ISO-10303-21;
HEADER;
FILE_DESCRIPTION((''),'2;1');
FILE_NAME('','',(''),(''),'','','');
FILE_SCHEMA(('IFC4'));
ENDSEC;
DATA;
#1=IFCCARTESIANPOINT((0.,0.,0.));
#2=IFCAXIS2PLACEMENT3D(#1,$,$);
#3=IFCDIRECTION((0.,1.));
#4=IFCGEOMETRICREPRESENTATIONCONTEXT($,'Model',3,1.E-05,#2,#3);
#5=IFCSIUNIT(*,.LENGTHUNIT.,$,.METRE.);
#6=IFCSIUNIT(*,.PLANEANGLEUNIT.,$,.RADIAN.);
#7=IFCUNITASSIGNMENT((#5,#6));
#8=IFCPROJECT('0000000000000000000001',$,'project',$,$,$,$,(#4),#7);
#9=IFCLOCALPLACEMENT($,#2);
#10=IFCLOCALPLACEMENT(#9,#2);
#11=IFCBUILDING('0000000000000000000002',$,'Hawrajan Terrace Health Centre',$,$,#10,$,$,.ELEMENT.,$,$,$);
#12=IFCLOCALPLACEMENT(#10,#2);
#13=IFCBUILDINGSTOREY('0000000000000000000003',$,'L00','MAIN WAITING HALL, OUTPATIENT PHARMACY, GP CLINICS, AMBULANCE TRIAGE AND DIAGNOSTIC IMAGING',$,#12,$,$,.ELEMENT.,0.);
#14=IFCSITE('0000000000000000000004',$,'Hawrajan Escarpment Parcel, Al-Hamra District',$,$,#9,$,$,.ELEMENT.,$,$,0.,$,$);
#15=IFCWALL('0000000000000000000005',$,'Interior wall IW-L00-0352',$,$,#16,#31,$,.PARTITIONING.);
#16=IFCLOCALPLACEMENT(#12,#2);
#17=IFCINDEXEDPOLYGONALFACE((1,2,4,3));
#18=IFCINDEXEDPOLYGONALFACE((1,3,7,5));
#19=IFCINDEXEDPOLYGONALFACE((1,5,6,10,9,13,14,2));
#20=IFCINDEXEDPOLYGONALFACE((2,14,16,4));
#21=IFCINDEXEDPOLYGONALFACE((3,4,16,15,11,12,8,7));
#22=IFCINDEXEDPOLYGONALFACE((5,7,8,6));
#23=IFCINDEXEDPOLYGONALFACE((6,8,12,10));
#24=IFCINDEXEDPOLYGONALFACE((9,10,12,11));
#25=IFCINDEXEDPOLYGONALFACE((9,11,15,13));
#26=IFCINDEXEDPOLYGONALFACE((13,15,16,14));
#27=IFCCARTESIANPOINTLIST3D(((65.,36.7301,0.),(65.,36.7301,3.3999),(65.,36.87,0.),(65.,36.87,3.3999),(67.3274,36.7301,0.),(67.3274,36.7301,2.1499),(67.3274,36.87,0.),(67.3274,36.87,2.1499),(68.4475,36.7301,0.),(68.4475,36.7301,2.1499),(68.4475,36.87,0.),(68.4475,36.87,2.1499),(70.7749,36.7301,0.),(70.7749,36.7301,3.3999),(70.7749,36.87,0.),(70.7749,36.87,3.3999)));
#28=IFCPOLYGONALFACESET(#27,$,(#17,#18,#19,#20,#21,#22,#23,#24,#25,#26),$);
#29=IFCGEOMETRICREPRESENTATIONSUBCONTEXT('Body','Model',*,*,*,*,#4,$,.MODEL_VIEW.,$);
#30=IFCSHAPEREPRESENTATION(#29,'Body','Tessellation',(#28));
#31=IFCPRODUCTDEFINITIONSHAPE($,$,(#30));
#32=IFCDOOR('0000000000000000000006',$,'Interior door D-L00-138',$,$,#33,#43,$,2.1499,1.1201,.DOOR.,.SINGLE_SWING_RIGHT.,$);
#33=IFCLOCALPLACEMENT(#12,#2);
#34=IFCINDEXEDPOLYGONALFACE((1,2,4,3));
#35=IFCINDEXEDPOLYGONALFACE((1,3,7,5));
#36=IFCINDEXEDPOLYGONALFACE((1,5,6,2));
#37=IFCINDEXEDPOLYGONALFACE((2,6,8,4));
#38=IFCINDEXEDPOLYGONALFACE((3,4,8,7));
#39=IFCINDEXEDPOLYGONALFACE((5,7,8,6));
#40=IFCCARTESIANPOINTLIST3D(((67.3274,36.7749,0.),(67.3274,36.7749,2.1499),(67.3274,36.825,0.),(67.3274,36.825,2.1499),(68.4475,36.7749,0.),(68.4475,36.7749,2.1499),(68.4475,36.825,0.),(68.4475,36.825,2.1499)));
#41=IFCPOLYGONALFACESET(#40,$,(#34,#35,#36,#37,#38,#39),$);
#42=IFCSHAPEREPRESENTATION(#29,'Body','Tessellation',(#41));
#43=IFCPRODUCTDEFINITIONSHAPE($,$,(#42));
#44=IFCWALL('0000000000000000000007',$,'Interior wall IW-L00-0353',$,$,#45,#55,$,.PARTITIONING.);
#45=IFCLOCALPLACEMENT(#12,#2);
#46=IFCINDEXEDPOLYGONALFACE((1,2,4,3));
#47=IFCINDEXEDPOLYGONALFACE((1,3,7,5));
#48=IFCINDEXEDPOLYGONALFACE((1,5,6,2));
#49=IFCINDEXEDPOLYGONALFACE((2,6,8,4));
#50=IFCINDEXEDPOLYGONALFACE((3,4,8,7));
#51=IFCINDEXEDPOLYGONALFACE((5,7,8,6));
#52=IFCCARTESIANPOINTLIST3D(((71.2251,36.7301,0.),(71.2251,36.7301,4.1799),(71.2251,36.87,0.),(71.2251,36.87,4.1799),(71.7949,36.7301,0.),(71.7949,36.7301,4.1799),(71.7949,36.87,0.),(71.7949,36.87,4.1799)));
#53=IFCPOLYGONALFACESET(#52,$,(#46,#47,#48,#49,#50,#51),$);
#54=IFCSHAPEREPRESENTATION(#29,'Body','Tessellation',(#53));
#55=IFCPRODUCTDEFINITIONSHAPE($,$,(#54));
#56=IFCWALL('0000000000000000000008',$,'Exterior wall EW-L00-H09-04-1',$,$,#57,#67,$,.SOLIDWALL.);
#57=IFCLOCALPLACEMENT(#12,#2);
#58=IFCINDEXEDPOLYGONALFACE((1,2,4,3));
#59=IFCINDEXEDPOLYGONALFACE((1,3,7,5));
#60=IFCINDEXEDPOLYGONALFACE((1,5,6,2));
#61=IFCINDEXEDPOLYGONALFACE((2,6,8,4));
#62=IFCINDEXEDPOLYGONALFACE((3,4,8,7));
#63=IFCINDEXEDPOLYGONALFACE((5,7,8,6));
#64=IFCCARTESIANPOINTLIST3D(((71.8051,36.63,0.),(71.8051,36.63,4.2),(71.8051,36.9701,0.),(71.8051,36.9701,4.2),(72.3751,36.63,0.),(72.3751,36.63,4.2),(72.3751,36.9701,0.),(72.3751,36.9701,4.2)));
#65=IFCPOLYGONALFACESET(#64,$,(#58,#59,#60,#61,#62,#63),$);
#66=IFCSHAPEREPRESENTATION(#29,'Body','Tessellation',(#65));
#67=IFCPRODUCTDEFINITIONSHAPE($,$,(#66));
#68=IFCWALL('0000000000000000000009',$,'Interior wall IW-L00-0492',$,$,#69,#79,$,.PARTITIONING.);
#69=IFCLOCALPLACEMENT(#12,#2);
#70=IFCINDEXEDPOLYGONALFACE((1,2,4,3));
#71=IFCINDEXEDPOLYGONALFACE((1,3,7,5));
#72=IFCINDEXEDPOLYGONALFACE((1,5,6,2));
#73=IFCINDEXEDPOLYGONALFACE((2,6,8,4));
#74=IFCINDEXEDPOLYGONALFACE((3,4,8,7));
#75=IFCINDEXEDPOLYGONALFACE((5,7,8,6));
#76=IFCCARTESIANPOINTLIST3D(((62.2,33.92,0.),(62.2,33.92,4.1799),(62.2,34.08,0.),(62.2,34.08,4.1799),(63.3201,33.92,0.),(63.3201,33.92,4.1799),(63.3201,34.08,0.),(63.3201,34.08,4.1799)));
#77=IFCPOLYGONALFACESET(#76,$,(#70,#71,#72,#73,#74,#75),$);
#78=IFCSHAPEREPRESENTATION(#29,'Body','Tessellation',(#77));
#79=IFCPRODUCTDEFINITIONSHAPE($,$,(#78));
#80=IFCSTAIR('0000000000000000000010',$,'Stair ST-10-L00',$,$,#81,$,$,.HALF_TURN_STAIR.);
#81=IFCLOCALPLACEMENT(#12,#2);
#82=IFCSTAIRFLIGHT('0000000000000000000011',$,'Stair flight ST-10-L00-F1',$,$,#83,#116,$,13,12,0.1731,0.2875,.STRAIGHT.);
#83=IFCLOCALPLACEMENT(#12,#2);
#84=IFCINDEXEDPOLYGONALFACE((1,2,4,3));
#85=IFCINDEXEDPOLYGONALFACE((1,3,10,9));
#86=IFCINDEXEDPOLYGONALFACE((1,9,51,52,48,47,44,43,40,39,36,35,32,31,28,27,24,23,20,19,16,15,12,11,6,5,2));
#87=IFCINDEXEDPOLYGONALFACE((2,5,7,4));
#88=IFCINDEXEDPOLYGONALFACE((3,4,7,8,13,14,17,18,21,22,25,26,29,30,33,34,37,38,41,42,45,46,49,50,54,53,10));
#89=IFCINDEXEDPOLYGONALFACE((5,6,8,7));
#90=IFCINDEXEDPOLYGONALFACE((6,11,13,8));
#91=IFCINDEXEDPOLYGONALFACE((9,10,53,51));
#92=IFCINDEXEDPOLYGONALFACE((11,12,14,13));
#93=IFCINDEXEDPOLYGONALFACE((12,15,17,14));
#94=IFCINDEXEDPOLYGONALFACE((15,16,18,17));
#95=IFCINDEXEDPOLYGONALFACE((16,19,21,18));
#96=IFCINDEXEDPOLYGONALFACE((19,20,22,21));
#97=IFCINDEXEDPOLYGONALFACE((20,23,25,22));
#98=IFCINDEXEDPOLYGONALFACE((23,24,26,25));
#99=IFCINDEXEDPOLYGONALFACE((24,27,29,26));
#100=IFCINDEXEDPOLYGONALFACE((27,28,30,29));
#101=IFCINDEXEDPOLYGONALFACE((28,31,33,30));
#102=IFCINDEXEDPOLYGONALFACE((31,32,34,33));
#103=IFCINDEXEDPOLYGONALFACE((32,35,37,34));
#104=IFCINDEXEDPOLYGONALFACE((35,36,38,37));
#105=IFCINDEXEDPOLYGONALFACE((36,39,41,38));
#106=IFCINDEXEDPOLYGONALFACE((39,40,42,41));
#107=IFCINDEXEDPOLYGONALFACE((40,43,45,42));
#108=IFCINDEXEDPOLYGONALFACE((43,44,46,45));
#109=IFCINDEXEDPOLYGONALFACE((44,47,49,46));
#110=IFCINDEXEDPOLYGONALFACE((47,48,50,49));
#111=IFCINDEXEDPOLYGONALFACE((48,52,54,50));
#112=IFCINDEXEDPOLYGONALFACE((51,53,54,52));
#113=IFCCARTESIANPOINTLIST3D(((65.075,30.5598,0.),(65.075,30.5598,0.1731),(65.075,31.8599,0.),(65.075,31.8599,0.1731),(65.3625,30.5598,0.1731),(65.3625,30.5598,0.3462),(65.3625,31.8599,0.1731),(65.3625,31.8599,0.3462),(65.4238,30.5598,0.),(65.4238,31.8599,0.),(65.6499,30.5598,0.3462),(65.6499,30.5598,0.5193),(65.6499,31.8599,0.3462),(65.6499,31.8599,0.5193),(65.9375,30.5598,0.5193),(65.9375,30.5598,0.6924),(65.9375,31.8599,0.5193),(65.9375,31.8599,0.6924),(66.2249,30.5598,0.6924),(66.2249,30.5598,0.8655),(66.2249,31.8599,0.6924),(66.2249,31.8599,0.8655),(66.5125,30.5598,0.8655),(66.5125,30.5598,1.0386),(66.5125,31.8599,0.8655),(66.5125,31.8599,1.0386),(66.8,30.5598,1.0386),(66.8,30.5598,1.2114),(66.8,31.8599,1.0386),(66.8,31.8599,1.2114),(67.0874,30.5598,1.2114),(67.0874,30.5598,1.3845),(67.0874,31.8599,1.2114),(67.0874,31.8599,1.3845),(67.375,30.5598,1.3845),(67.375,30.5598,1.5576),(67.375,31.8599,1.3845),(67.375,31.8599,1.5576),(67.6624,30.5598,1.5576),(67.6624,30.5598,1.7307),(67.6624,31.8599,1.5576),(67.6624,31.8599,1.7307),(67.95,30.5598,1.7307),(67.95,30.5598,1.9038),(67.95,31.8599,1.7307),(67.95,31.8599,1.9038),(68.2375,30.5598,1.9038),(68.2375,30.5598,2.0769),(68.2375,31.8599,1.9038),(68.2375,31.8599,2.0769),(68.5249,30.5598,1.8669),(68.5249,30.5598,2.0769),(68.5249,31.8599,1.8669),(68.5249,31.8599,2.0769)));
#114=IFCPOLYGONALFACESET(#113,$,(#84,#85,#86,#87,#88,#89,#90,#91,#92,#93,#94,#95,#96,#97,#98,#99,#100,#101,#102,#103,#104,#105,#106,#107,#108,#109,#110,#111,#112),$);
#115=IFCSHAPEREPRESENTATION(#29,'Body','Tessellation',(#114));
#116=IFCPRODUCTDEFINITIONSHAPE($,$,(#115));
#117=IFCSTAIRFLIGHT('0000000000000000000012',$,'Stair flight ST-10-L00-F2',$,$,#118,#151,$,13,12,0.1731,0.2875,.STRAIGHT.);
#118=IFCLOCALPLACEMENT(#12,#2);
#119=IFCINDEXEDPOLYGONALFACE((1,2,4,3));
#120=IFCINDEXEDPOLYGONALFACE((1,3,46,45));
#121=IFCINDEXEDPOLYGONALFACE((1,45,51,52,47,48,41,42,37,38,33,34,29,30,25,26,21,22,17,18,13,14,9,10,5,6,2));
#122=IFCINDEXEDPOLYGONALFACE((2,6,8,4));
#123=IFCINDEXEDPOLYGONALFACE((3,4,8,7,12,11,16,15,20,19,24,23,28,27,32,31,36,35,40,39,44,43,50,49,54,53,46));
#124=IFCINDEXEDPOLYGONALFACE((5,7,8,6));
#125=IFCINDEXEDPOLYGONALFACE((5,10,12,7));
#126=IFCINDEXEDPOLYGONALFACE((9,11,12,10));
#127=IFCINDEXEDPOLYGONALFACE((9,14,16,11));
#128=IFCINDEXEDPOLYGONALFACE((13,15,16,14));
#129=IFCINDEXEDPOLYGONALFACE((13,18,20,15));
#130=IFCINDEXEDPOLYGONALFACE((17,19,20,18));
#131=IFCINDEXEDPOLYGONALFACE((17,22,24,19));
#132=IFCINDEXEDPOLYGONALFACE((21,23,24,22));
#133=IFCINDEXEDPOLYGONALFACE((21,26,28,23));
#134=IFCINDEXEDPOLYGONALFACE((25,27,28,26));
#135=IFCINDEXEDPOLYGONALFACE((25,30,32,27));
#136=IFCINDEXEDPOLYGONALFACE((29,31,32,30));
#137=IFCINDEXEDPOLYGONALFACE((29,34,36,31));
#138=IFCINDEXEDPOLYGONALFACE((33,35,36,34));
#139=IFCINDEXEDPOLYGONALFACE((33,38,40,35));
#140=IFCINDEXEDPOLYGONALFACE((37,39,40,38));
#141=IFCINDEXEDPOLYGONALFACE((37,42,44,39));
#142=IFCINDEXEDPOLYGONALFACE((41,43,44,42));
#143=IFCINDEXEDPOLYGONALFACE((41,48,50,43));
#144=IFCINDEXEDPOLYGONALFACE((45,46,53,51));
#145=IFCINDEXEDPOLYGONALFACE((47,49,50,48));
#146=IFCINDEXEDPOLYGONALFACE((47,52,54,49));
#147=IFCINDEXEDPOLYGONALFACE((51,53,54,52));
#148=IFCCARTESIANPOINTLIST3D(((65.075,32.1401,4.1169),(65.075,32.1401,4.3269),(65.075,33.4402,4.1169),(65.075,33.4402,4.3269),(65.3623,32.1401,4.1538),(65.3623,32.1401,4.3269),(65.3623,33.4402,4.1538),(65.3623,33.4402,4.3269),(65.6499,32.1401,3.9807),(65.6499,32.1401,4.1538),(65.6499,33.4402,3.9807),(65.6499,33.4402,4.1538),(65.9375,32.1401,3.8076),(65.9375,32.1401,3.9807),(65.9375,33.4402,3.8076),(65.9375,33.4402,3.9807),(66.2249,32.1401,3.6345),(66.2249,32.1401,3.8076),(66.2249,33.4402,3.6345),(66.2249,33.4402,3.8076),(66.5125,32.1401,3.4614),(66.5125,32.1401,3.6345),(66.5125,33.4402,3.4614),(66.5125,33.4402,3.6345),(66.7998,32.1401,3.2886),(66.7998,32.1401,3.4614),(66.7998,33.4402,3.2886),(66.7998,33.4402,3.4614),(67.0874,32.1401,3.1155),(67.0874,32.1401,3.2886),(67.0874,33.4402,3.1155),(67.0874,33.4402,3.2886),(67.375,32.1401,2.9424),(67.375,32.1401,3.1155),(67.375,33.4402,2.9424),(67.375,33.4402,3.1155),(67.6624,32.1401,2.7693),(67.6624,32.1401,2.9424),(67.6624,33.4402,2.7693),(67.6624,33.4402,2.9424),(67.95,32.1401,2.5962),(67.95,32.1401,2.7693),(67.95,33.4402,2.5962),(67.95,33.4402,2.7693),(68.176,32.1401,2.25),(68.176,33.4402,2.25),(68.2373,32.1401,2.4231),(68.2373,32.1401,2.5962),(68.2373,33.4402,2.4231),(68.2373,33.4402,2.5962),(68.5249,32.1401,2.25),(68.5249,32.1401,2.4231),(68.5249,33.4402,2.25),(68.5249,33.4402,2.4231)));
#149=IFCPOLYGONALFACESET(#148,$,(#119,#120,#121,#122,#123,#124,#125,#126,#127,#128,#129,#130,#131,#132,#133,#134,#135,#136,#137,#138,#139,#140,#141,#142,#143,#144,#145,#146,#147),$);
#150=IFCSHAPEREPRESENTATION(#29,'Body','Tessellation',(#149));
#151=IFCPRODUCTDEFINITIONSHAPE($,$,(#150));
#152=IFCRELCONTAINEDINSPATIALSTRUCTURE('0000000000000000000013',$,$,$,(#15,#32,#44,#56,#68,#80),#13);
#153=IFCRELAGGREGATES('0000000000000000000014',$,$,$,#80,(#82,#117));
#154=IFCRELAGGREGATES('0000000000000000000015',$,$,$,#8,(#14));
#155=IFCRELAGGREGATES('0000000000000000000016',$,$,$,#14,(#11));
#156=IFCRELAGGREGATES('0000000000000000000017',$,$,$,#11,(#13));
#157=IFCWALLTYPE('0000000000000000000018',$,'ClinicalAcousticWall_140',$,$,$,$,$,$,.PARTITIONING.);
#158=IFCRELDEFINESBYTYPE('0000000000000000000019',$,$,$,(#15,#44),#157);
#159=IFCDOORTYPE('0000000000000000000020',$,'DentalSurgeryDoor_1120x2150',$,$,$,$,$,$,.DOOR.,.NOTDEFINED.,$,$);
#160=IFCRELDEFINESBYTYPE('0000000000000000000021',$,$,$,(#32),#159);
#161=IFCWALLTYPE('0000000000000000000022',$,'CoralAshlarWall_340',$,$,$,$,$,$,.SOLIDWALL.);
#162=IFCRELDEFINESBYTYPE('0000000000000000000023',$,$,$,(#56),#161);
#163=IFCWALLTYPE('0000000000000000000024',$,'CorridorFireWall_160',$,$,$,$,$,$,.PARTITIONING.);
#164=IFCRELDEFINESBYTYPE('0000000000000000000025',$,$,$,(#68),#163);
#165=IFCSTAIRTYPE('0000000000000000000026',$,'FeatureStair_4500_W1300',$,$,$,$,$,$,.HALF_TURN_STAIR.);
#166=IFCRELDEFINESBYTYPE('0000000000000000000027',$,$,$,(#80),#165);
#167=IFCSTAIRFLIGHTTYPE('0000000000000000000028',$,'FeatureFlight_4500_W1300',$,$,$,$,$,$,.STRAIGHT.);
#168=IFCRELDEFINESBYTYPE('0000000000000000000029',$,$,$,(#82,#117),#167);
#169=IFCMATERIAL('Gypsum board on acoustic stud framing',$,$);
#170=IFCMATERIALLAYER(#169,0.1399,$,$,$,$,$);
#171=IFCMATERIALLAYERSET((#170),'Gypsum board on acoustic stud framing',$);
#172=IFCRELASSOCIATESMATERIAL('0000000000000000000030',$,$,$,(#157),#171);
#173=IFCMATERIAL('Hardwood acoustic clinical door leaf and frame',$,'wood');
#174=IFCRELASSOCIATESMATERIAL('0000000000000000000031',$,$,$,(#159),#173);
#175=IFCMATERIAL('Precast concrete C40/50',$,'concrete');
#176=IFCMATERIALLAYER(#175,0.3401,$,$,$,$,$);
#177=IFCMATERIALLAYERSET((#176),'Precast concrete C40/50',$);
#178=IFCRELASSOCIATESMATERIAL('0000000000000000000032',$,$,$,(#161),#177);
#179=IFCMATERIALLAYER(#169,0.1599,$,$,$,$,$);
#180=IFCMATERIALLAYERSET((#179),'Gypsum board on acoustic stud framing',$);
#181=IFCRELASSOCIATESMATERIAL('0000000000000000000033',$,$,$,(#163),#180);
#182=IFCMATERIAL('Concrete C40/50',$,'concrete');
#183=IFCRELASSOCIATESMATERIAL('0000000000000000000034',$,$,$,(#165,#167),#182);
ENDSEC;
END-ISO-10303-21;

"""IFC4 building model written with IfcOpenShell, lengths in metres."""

from ifc_helpers import new_model, si_unit, direction, frame, frame_2d, origin, place, context, subcontext, project, spatial, polyline, rectangle, outline, extrude, material, layer, layer_set, type_object, element, fill, aggregate, save


model = new_model("IFC4")

# Units and contexts
model_context = context("Model", 3, precision=1e-05, world=origin(), true_north=direction((0.0, 1.0)))
body_context = subcontext(model_context, "Body", "Model", "MODEL_VIEW")
ifc_project = project(units=[si_unit("LENGTHUNIT", "METRE"), si_unit("PLANEANGLEUNIT", "RADIAN")], contexts=[model_context])

# Site, building, storey
site_placement = place(None, origin())
site = spatial("IfcSite", under=ifc_project, at=site_placement, Name="Hawrajan Escarpment Parcel, Al-Hamra District", CompositionType="ELEMENT", RefElevation=0.0)
building_placement = place(site_placement, origin())
building = spatial("IfcBuilding", under=site, at=building_placement, Name="Hawrajan Terrace Health Centre", CompositionType="ELEMENT")
storey_placement = place(building_placement, origin())
storey = spatial("IfcBuildingStorey", under=building, at=storey_placement, Name="L00", Description="MAIN WAITING HALL, OUTPATIENT PHARMACY, GP CLINICS, AMBULANCE TRIAGE AND DIAGNOSTIC IMAGING", CompositionType="ELEMENT", Elevation=0.0)

# Shared definitions
ifc_material_1 = material(Name="Concrete C40/50", Category="concrete")

# Wall, opening, door
ifc_material_2 = material(Name="Gypsum board on acoustic stud framing")
ifc_layer_1 = layer(ifc_material_2, 0.1399)
ifc_layer_set_1 = layer_set([ifc_layer_1], Name="Gypsum board on acoustic stud framing")
wall_type_1 = type_object("IfcWallType", Name="ClinicalAcousticWall_140", PredefinedType="PARTITIONING", material=ifc_layer_set_1)
ifc_material_3 = material(Name="Hardwood acoustic clinical door leaf and frame", Category="wood")
wall_1_placement = place(storey_placement, frame((65.0, 36.8, 0.0), z_axis=(0.0, 0.0, 1.0), x_axis=(1.0, 0.0, 0.0)))
wall_1 = element("IfcWall", 1, at=wall_1_placement, inside=storey, type_object=wall_type_1, Name="Interior wall IW-L00-0352", PredefinedType="PARTITIONING", context=body_context, shape_type="SweptSolid", body=[
    extrude(rectangle(XDim=5.7749, YDim=0.1399, at=frame_2d((2.8875, 0.0))), origin(), (0.0, 0.0, 1.0), 3.3999),
])
opening_1_placement = place(wall_1_placement, frame((2.3274, 0.0, 0.0)))
opening_1 = element("IfcOpeningElement", 2, at=opening_1_placement, cuts=wall_1, PredefinedType="OPENING", context=body_context, shape_type="SweptSolid", body=[
    extrude(rectangle(XDim=1.1201, YDim=2.1499, at=frame_2d((0.5601, 1.075))), frame((0.0, 0.0798, 0.0), z_axis=(0.0, -1.0, 0.0), x_axis=(1.0, 0.0, 0.0)), (0.0, 0.0, 1.0), 0.1599),
])
door_type_1 = type_object("IfcDoorType", Name="DentalSurgeryDoor_1120x2150", OperationType="NOTDEFINED", PredefinedType="DOOR", material=ifc_material_3)
door_1_placement = place(opening_1_placement, origin())
door_1 = element("IfcDoor", 3, at=door_1_placement, inside=storey, type_object=door_type_1, Name="Interior door D-L00-138", OperationType="SINGLE_SWING_RIGHT", OverallHeight=2.1499, OverallWidth=1.1201, PredefinedType="DOOR", context=body_context, shape_type="SweptSolid", body=[
    extrude(rectangle(XDim=1.1201, YDim=2.1499, at=frame_2d((0.5601, 1.075))), frame((0.0, 0.0249, 0.0), z_axis=(0.0, -1.0, 0.0), x_axis=(1.0, 0.0, 0.0)), (0.0, 0.0, 1.0), 0.05),
])
fill(opening_1, door_1)

# Walls
wall_2_placement = place(storey_placement, frame((71.2251, 36.8, 0.0), z_axis=(0.0, 0.0, 1.0), x_axis=(1.0, 0.0, 0.0)))
element("IfcWall", 4, at=wall_2_placement, inside=storey, type_object=wall_type_1, Name="Interior wall IW-L00-0353", PredefinedType="PARTITIONING", context=body_context, shape_type="SweptSolid", body=[
    extrude(rectangle(XDim=0.5698, YDim=0.1399, at=frame_2d((0.2849, 0.0))), origin(), (0.0, 0.0, 1.0), 4.1799),
])
ifc_material_4 = material(Name="Precast concrete C40/50", Category="concrete")
ifc_layer_2 = layer(ifc_material_4, 0.3401)
ifc_layer_set_2 = layer_set([ifc_layer_2], Name="Precast concrete C40/50")
wall_type_2 = type_object("IfcWallType", Name="CoralAshlarWall_340", PredefinedType="SOLIDWALL", material=ifc_layer_set_2)
wall_3_placement = place(storey_placement, frame((71.8049, 36.8, 0.0), z_axis=(0.0, 0.0, 1.0), x_axis=(1.0, 0.0, 0.0)))
element("IfcWall", 5, at=wall_3_placement, inside=storey, type_object=wall_type_2, Name="Exterior wall EW-L00-H09-04-1", PredefinedType="SOLIDWALL", context=body_context, shape_type="SweptSolid", body=[
    extrude(rectangle(XDim=0.5701, YDim=0.3401, at=frame_2d((0.2852, 0.0))), origin(), (0.0, 0.0, 1.0), 4.2),
])
ifc_layer_3 = layer(ifc_material_2, 0.1599)
ifc_layer_set_3 = layer_set([ifc_layer_3], Name="Gypsum board on acoustic stud framing")
wall_type_3 = type_object("IfcWallType", Name="CorridorFireWall_160", PredefinedType="PARTITIONING", material=ifc_layer_set_3)
wall_4_placement = place(storey_placement, frame((62.2, 34.0, 0.0), z_axis=(0.0, 0.0, 1.0), x_axis=(1.0, 0.0, 0.0)))
element("IfcWall", 6, at=wall_4_placement, inside=storey, type_object=wall_type_3, Name="Interior wall IW-L00-0492", PredefinedType="PARTITIONING", context=body_context, shape_type="SweptSolid", body=[
    extrude(rectangle(XDim=1.1201, YDim=0.1599, at=frame_2d((0.5601, 0.0))), origin(), (0.0, 0.0, 1.0), 4.1799),
])

# Stair, stair flights
stair_type = type_object("IfcStairType", Name="FeatureStair_4500_W1300", PredefinedType="HALF_TURN_STAIR", material=ifc_material_1)
stair_placement = place(storey_placement, origin())
stair = element("IfcStair", 7, at=stair_placement, inside=storey, type_object=stair_type, Name="Stair ST-10-L00", PredefinedType="HALF_TURN_STAIR")
stair_flight_type = type_object("IfcStairFlightType", Name="FeatureFlight_4500_W1300", PredefinedType="STRAIGHT", material=ifc_material_1)
stair_flight_1_placement = place(storey_placement, frame((65.075, 31.21, 0.0), z_axis=(0.0, 0.0, 1.0), x_axis=(1.0, 0.0, 0.0)))
stair_flight_1 = element("IfcStairFlight", 8, at=stair_flight_1_placement, type_object=stair_flight_type, Name="Stair flight ST-10-L00-F1", NumberOfRisers=13, NumberOfTreads=12, PredefinedType="STRAIGHT", RiserHeight=0.1731, TreadLength=0.2875, context=body_context, shape_type="SweptSolid", body=[
    extrude(outline(polyline([(0.0, 0.0), (0.0, 0.1731), (0.2876, 0.1731), (0.2876, 0.3462), (0.575, 0.3462), (0.575, 0.5193), (0.8625, 0.5193), (0.8625, 0.6924), (1.1499, 0.6924), (1.1499, 0.8655), (1.4375, 0.8655), (1.4375, 1.0386), (1.7251, 1.0386), (1.7251, 1.2114), (2.0125, 1.2114), (2.0125, 1.3845), (2.3, 1.3845), (2.3, 1.5576), (2.5874, 1.5576), (2.5874, 1.7307), (2.875, 1.7307), (2.875, 1.9038), (3.1626, 1.9038), (3.1626, 2.0769), (3.45, 2.0769), (3.45, 2.25), (3.45, 1.8669), (0.3489, 0.0), (0.0, 0.0)])), frame((0.0, 0.6499, 0.0), z_axis=(0.0, -1.0, 0.0), x_axis=(1.0, 0.0, 0.0)), (0.0, 0.0, 1.0), 1.3),
])
stair_flight_2_placement = place(storey_placement, frame((68.5249, 32.79, 2.25), z_axis=(0.0, 0.0, 1.0), x_axis=(-1.0, 0.0, 0.0)))
stair_flight_2 = element("IfcStairFlight", 9, at=stair_flight_2_placement, type_object=stair_flight_type, Name="Stair flight ST-10-L00-F2", NumberOfRisers=13, NumberOfTreads=12, PredefinedType="STRAIGHT", RiserHeight=0.1731, TreadLength=0.2875, context=body_context, shape_type="SweptSolid", body=[
    extrude(outline(polyline([(0.0, 0.0), (0.0, 0.1731), (0.2876, 0.1731), (0.2876, 0.3462), (0.575, 0.3462), (0.575, 0.5193), (0.8625, 0.5193), (0.8625, 0.6924), (1.1499, 0.6924), (1.1499, 0.8655), (1.4375, 0.8655), (1.4375, 1.0386), (1.7251, 1.0386), (1.7251, 1.2114), (2.0125, 1.2114), (2.0125, 1.3845), (2.3, 1.3845), (2.3, 1.5576), (2.5874, 1.5576), (2.5874, 1.7307), (2.875, 1.7307), (2.875, 1.9038), (3.1626, 1.9038), (3.1626, 2.0769), (3.45, 2.0769), (3.45, 2.25), (3.45, 1.8669), (0.3489, 0.0), (0.0, 0.0)])), frame((0.0, 0.6499, 0.0), z_axis=(0.0, -1.0, 0.0), x_axis=(1.0, 0.0, 0.0)), (0.0, 0.0, 1.0), 1.3),
])
aggregate(stair, [stair_flight_1, stair_flight_2])

save(model, "model.ifc")
